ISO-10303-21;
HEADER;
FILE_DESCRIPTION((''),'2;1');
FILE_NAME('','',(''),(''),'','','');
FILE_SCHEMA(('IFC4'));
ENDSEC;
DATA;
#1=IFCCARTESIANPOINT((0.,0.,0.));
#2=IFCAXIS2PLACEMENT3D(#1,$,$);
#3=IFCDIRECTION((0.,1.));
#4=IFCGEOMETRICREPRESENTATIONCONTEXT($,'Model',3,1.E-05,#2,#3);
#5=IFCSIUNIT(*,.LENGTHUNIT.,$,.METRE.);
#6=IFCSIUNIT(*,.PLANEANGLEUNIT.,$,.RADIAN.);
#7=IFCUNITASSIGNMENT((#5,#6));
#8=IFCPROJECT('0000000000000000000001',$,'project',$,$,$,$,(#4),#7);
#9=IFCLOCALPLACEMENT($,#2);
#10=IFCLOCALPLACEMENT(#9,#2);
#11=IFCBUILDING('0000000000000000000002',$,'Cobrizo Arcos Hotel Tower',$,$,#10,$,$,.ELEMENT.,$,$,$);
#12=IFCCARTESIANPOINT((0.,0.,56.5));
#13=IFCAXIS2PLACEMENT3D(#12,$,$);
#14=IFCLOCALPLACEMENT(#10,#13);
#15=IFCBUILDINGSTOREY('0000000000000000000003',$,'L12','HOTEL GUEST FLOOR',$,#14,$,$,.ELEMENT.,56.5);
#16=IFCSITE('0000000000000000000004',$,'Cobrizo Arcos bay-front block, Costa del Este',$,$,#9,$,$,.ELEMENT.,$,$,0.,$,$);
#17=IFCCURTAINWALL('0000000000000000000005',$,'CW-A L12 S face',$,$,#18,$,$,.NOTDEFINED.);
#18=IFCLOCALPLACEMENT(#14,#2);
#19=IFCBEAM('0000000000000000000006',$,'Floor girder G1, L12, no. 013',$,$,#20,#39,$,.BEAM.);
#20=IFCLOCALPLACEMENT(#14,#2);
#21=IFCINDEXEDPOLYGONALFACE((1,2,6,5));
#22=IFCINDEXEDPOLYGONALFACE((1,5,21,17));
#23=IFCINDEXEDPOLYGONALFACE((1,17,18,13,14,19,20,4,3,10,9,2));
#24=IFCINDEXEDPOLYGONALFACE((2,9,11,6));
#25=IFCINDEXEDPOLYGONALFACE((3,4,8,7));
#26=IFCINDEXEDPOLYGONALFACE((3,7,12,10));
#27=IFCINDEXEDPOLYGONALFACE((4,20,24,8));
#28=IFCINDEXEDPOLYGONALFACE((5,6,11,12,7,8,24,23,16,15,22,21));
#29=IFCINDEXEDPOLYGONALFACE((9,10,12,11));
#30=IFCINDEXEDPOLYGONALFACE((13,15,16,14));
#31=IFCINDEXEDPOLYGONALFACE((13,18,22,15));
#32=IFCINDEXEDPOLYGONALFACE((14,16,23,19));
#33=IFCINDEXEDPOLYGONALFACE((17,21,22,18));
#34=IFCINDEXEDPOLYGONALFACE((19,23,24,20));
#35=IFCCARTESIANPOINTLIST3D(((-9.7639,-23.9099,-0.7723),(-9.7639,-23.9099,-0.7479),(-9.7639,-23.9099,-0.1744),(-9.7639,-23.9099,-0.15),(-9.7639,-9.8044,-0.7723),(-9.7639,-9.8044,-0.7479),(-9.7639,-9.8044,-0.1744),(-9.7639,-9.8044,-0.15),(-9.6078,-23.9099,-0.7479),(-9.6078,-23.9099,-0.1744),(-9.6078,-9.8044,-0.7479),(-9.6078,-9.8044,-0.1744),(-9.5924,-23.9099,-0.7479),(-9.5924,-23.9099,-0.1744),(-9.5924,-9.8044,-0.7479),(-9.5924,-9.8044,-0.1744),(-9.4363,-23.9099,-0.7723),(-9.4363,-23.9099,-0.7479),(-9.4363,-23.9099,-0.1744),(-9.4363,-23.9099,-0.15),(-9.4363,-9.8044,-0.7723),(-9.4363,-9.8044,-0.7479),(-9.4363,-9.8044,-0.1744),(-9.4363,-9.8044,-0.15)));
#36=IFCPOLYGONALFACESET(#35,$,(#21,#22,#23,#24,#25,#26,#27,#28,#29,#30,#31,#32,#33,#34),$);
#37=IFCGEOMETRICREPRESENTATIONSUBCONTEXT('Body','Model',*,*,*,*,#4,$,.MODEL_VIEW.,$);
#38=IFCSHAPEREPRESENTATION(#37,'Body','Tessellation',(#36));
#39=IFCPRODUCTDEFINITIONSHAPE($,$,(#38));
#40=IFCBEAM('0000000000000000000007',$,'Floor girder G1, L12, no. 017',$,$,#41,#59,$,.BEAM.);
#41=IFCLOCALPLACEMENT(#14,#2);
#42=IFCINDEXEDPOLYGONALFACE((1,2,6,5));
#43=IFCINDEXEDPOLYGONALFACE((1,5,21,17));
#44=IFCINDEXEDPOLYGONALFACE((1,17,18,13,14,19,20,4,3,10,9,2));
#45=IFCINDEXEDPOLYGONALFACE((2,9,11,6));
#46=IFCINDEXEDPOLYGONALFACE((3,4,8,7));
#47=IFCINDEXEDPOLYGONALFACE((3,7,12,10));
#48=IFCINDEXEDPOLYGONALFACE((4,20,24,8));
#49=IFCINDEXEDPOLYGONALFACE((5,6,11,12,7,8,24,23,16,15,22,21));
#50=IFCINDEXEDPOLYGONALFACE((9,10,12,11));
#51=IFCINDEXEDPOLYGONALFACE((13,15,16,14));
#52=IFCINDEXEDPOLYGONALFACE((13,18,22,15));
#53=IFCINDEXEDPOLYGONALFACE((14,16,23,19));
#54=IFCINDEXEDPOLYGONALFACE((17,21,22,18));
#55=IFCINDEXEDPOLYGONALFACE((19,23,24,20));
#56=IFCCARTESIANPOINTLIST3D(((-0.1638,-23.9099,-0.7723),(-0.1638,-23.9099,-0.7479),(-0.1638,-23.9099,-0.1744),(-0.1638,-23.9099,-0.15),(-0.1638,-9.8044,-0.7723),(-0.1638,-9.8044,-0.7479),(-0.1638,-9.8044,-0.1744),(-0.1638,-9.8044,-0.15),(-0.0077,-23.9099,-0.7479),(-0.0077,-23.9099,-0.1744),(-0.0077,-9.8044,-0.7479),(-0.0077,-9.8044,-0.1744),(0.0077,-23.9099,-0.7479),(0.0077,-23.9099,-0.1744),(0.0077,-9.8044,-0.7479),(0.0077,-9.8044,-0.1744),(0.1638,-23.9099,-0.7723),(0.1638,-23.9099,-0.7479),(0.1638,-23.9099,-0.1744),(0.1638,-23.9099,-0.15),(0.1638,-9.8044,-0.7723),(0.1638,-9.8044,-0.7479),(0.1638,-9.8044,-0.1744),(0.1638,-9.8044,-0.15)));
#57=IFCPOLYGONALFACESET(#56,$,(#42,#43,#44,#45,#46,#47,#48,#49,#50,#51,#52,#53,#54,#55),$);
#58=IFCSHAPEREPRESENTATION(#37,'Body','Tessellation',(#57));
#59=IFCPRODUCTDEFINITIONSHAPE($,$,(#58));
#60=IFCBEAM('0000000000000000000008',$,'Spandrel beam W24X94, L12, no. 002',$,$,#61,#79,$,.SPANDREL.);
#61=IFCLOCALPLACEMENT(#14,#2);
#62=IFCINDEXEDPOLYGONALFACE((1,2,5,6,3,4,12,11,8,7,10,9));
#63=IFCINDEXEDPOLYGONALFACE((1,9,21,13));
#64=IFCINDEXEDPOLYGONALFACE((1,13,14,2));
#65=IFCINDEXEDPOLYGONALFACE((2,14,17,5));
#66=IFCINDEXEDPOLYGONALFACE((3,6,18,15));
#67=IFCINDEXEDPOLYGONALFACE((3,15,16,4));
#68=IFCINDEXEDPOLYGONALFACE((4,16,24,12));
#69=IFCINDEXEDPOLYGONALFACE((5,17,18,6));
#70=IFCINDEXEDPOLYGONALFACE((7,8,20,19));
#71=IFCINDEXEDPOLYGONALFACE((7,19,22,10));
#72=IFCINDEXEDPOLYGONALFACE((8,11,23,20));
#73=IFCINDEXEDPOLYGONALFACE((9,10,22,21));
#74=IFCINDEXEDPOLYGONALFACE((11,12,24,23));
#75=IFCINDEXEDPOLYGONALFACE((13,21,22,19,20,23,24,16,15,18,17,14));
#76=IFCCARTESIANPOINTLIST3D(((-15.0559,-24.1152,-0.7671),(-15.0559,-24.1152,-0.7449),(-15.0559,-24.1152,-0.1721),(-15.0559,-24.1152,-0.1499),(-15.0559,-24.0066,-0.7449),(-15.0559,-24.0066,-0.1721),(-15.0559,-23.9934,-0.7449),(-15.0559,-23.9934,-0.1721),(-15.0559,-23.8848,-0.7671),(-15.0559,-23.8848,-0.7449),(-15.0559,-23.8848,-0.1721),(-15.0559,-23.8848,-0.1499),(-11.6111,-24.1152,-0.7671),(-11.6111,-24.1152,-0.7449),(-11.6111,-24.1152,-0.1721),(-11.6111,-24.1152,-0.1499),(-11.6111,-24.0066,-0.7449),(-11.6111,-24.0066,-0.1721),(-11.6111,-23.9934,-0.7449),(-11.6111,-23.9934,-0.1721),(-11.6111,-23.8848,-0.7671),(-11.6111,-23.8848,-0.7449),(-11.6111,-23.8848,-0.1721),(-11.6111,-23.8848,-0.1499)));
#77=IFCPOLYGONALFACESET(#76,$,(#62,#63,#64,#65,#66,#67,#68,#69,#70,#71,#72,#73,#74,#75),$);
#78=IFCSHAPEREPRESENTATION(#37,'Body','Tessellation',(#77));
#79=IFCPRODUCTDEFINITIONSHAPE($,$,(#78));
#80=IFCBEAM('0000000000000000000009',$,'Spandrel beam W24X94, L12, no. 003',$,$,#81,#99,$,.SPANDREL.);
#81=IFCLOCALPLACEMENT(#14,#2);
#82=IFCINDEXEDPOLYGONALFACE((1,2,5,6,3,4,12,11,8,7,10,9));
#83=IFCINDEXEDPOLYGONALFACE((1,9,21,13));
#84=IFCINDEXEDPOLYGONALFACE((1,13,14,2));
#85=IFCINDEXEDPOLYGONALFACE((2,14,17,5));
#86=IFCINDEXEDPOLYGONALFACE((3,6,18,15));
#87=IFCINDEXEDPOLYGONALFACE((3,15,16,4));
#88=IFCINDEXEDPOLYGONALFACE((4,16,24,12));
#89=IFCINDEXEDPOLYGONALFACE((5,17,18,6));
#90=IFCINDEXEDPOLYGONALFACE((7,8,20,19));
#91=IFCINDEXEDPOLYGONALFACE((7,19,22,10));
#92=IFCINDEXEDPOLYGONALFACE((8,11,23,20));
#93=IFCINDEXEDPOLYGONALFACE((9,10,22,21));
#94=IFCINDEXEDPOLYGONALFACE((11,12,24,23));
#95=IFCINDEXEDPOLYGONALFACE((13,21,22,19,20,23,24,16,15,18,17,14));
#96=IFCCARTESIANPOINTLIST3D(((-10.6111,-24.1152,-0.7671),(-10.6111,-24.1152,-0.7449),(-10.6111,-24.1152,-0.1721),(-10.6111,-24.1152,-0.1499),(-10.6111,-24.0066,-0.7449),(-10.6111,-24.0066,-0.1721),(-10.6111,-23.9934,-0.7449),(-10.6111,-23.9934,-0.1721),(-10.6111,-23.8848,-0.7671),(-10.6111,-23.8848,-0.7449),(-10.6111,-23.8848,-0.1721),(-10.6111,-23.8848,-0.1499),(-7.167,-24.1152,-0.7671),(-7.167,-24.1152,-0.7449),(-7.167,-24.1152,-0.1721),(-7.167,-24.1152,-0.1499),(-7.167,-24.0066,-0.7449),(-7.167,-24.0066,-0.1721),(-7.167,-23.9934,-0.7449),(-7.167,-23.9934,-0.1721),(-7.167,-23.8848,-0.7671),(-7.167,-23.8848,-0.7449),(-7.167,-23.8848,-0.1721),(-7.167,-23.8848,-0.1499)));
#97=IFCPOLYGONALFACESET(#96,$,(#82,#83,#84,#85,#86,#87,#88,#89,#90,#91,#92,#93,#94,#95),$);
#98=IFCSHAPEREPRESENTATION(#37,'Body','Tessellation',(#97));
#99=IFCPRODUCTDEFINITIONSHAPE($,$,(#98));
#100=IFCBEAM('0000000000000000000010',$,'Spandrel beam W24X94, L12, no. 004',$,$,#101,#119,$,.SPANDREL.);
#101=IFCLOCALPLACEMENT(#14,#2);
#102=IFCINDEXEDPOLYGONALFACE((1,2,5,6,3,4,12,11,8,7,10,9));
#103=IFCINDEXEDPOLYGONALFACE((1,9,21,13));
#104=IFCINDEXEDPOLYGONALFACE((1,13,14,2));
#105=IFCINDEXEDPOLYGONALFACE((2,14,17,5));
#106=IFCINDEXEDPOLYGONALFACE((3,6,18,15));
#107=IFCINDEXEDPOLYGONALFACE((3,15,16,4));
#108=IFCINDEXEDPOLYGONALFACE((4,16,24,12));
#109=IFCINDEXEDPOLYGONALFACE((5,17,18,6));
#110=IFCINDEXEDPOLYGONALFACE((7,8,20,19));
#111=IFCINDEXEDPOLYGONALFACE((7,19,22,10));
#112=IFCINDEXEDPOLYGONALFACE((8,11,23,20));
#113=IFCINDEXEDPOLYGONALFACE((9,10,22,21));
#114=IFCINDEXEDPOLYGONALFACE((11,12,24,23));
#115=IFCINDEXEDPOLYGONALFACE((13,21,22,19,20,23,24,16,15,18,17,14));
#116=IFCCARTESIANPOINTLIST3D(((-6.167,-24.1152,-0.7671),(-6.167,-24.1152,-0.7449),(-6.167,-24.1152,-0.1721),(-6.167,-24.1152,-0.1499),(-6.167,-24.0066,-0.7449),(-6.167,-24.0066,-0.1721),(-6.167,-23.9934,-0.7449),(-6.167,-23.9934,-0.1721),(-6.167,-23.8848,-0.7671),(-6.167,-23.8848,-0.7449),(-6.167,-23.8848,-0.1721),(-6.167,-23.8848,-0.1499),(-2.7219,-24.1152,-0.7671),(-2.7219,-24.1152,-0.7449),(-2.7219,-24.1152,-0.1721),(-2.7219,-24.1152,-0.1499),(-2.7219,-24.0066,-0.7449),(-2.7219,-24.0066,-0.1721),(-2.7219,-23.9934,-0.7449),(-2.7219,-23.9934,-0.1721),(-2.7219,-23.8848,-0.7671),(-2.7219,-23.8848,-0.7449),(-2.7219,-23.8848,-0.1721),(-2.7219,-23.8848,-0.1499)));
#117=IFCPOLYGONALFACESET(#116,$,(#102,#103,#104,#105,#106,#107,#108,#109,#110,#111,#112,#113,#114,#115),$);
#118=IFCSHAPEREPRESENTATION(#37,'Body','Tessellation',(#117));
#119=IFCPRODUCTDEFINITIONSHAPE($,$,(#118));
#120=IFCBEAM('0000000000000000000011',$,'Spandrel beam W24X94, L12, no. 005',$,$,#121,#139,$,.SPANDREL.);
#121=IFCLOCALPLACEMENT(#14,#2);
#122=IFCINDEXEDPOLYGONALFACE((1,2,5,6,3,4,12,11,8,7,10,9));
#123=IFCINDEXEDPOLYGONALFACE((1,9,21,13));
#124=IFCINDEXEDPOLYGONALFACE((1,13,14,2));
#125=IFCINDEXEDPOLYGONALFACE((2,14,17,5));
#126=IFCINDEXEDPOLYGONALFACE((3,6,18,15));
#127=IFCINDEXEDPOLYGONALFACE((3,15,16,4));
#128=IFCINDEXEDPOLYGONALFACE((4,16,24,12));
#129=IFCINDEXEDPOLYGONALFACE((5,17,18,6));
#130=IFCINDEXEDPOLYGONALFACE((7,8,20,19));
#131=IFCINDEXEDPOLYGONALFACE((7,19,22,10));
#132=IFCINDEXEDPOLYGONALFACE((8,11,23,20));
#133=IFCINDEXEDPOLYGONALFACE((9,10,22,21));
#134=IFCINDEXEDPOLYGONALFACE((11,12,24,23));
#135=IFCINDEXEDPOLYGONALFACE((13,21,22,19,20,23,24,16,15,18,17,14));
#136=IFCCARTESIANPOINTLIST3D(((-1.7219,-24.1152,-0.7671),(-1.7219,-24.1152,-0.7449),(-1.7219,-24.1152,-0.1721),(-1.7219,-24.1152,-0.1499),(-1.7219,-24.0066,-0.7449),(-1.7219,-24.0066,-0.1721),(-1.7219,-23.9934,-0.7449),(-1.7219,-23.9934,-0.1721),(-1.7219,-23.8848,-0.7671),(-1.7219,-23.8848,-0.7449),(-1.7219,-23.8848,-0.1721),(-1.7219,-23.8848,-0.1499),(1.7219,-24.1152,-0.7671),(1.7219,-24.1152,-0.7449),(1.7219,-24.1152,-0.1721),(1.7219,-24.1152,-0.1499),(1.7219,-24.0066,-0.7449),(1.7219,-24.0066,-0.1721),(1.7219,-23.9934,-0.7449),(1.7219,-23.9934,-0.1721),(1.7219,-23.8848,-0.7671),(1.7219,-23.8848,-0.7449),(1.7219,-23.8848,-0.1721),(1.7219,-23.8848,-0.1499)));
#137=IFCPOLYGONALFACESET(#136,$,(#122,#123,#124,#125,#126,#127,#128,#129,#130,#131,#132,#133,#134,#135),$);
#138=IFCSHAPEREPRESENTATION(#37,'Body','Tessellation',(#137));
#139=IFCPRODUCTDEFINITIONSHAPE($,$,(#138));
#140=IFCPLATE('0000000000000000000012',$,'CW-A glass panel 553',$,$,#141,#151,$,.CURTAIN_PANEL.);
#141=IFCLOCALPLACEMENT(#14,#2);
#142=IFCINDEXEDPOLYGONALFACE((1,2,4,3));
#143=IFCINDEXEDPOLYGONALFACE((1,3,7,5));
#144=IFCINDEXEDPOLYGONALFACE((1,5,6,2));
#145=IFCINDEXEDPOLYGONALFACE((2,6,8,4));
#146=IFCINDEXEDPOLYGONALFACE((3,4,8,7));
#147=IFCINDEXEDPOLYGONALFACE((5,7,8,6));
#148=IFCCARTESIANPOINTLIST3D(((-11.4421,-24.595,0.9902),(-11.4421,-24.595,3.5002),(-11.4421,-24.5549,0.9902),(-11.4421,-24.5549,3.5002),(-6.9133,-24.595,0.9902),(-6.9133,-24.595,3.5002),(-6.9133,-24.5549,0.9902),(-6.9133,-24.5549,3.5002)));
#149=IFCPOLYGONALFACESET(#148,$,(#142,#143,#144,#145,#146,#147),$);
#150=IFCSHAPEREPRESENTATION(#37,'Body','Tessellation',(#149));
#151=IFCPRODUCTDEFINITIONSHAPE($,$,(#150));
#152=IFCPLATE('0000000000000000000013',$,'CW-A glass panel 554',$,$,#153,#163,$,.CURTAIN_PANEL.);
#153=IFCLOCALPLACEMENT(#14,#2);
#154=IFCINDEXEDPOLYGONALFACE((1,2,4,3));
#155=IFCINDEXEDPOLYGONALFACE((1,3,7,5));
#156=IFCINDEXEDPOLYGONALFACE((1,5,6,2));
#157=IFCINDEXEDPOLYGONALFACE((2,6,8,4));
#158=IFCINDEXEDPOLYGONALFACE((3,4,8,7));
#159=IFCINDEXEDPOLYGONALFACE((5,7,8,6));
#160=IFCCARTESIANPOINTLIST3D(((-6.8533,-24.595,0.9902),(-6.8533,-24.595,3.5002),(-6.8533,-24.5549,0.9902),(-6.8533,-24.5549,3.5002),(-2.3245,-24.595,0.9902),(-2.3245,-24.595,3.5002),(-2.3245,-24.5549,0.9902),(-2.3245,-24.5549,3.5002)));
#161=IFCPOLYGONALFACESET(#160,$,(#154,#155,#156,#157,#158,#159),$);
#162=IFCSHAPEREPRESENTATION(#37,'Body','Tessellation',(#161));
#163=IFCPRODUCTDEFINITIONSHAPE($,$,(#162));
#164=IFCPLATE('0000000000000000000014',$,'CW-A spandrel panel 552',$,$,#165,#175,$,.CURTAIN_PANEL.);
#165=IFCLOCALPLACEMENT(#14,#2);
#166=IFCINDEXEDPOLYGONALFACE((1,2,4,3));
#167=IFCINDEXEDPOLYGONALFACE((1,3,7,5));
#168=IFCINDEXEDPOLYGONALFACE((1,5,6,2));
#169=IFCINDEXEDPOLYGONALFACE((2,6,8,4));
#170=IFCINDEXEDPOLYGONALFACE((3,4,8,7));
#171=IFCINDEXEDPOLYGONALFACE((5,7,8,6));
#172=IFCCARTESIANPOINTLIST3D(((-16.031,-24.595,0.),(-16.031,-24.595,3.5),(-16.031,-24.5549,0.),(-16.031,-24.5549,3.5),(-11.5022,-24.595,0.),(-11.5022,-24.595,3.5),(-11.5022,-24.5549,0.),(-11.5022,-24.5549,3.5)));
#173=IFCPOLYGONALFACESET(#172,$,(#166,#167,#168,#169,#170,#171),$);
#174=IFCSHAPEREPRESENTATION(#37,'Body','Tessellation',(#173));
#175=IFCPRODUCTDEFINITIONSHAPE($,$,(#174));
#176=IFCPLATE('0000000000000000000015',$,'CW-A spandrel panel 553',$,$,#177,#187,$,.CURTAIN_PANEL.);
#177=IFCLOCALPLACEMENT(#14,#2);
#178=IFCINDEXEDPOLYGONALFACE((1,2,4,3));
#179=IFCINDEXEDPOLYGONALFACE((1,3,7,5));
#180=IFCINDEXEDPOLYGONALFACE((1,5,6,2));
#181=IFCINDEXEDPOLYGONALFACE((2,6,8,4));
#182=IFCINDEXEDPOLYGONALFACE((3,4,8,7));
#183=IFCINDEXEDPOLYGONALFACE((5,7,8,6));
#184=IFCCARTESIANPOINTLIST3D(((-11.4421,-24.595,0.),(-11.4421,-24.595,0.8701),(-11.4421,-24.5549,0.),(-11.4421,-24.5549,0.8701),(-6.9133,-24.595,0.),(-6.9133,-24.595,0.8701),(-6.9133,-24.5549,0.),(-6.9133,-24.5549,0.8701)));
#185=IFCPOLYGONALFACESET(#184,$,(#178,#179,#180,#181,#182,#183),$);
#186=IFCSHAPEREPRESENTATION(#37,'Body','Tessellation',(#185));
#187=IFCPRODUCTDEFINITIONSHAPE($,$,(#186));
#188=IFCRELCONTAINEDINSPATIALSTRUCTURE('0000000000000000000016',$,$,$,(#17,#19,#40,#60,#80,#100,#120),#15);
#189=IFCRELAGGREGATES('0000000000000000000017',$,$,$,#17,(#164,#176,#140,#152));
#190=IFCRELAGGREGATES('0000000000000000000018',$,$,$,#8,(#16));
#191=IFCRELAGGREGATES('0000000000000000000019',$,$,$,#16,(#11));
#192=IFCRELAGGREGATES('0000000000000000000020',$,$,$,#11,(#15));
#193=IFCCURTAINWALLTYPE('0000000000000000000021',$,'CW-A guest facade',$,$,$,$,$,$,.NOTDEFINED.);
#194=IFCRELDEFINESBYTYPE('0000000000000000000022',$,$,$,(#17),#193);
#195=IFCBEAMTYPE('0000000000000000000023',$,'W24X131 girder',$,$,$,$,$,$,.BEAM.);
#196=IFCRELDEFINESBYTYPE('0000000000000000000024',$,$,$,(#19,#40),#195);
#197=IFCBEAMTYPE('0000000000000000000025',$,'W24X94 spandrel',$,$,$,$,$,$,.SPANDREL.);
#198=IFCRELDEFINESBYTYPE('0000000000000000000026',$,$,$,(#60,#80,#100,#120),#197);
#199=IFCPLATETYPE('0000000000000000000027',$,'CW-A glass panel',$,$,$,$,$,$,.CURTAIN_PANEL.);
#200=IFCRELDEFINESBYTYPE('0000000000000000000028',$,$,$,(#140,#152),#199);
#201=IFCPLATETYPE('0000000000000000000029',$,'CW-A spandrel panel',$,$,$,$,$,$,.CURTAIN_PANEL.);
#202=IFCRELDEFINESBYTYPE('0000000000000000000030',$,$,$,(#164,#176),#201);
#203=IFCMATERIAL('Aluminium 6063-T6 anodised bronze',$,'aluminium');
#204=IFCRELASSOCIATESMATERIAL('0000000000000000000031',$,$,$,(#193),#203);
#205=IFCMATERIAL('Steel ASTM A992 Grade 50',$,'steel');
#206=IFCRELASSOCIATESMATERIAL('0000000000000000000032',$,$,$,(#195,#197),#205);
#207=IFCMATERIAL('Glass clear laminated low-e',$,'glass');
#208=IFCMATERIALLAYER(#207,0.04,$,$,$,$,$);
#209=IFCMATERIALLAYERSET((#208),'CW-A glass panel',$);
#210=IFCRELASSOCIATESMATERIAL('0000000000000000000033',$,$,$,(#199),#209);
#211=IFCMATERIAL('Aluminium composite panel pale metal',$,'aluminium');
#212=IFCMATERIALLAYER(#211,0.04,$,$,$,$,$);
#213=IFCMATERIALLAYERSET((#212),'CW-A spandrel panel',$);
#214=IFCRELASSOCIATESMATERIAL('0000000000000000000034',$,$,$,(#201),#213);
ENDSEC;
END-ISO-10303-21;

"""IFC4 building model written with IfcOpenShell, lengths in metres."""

from ifc_helpers import new_model, si_unit, direction, frame, origin, origin_2d, place, context, subcontext, project, spatial, rectangle, i_section, extrude, material, layer, layer_set, material_profile, profile_set, type_object, element, aggregate, save


model = new_model("IFC4")

# Units and contexts
model_context = context("Model", 3, precision=1e-05, world=origin(), true_north=direction((0.0, 1.0)))
body_context = subcontext(model_context, "Body", "Model", "MODEL_VIEW")
ifc_project = project(units=[si_unit("LENGTHUNIT", "METRE"), si_unit("PLANEANGLEUNIT", "RADIAN")], contexts=[model_context])

# Site, building, storey
site_placement = place(None, origin())
site = spatial("IfcSite", under=ifc_project, at=site_placement, Name="Cobrizo Arcos bay-front block, Costa del Este", CompositionType="ELEMENT", RefElevation=0.0)
building_placement = place(site_placement, origin())
building = spatial("IfcBuilding", under=site, at=building_placement, Name="Cobrizo Arcos Hotel Tower", CompositionType="ELEMENT")
storey_placement = place(building_placement, frame((0.0, 0.0, 56.5)))
storey = spatial("IfcBuildingStorey", under=building, at=storey_placement, Name="L12", Description="HOTEL GUEST FLOOR", CompositionType="ELEMENT", Elevation=56.5)

# Curtain wall
ifc_material_1 = material(Name="Aluminium 6063-T6 anodised bronze", Category="aluminium")
curtain_wall_type = type_object("IfcCurtainWallType", Name="CW-A guest facade", PredefinedType="NOTDEFINED", material=ifc_material_1)
curtain_wall_placement = place(storey_placement, origin())
curtain_wall = element("IfcCurtainWall", 1, at=curtain_wall_placement, inside=storey, type_object=curtain_wall_type, Name="CW-A L12 S face", PredefinedType="NOTDEFINED")

# Beams
ifc_material_2 = material(Name="Steel ASTM A992 Grade 50", Category="steel")
ifc_material_profile_1 = material_profile(ifc_material_2, i_section(OverallWidth=0.3276, OverallDepth=0.6223, WebThickness=0.0154, FlangeThickness=0.0244, at=origin_2d()), Name="W24X131")
ifc_profile_set_1 = profile_set([ifc_material_profile_1], Name="Steel ASTM A992 Grade 50")
beam_type_1 = type_object("IfcBeamType", Name="W24X131 girder", PredefinedType="BEAM", material=ifc_profile_set_1)
for number, where, z_axis, x_axis, name in (
    (2, (-9.6001, -23.9099, -0.4612), (0.0, 1.0, 0.0), (-1.0, 0.0, 0.0), "Floor girder G1, L12, no. 013"),
    (3, (0.0, -23.9099, -0.4612), (0.0, 1.0, 0.0), (-1.0, 0.0, 0.0), "Floor girder G1, L12, no. 017"),
):
    element("IfcBeam", number, at=place(storey_placement, frame(where, z_axis=z_axis, x_axis=x_axis)), inside=storey, type_object=beam_type_1, Name=name, PredefinedType="BEAM", context=body_context, shape_type="SweptSolid", body=[
        extrude(i_section(OverallWidth=0.3276, OverallDepth=0.6223, WebThickness=0.0154, FlangeThickness=0.0244, at=origin_2d()), origin(), (0.0, 0.0, 1.0), 14.1055),
    ])
ifc_material_profile_2 = material_profile(ifc_material_2, i_section(OverallWidth=0.2305, OverallDepth=0.6172, WebThickness=0.0132, FlangeThickness=0.0222, at=origin_2d()), Name="W24X94")
ifc_profile_set_2 = profile_set([ifc_material_profile_2], Name="Steel ASTM A992 Grade 50")
beam_type_2 = type_object("IfcBeamType", Name="W24X94 spandrel", PredefinedType="SPANDREL", material=ifc_profile_set_2)
beam_1_placement = place(storey_placement, frame((-15.0559, -24.0, -0.4585), z_axis=(1.0, 0.0, 0.0), x_axis=(0.0, 1.0, 0.0)))
element("IfcBeam", 4, at=beam_1_placement, inside=storey, type_object=beam_type_2, Name="Spandrel beam W24X94, L12, no. 002", PredefinedType="SPANDREL", context=body_context, shape_type="SweptSolid", body=[
    extrude(i_section(OverallWidth=0.2305, OverallDepth=0.6172, WebThickness=0.0132, FlangeThickness=0.0222, at=origin_2d()), origin(), (0.0, 0.0, 1.0), 3.4448),
])
beam_2_placement = place(storey_placement, frame((-10.6111, -24.0, -0.4585), z_axis=(1.0, 0.0, 0.0), x_axis=(0.0, 1.0, 0.0)))
element("IfcBeam", 5, at=beam_2_placement, inside=storey, type_object=beam_type_2, Name="Spandrel beam W24X94, L12, no. 003", PredefinedType="SPANDREL", context=body_context, shape_type="SweptSolid", body=[
    extrude(i_section(OverallWidth=0.2305, OverallDepth=0.6172, WebThickness=0.0132, FlangeThickness=0.0222, at=origin_2d()), origin(), (0.0, 0.0, 1.0), 3.4441),
])
beam_3_placement = place(storey_placement, frame((-6.167, -24.0, -0.4585), z_axis=(1.0, 0.0, 0.0), x_axis=(0.0, 1.0, 0.0)))
element("IfcBeam", 6, at=beam_3_placement, inside=storey, type_object=beam_type_2, Name="Spandrel beam W24X94, L12, no. 004", PredefinedType="SPANDREL", context=body_context, shape_type="SweptSolid", body=[
    extrude(i_section(OverallWidth=0.2305, OverallDepth=0.6172, WebThickness=0.0132, FlangeThickness=0.0222, at=origin_2d()), origin(), (0.0, 0.0, 1.0), 3.4451),
])
beam_4_placement = place(storey_placement, frame((-1.7219, -24.0, -0.4585), z_axis=(1.0, 0.0, 0.0), x_axis=(0.0, 1.0, 0.0)))
element("IfcBeam", 7, at=beam_4_placement, inside=storey, type_object=beam_type_2, Name="Spandrel beam W24X94, L12, no. 005", PredefinedType="SPANDREL", context=body_context, shape_type="SweptSolid", body=[
    extrude(i_section(OverallWidth=0.2305, OverallDepth=0.6172, WebThickness=0.0132, FlangeThickness=0.0222, at=origin_2d()), origin(), (0.0, 0.0, 1.0), 3.4438),
])

# Plates
ifc_material_3 = material(Name="Glass clear laminated low-e", Category="glass")
ifc_layer_1 = layer(ifc_material_3, 0.04)
ifc_layer_set_1 = layer_set([ifc_layer_1], Name="CW-A glass panel")
plate_type_1 = type_object("IfcPlateType", Name="CW-A glass panel", PredefinedType="CURTAIN_PANEL", material=ifc_layer_set_1)
plate_1_placement = place(storey_placement, frame((-9.1777, -24.575, 0.9902), z_axis=(0.0, 0.0, 1.0), x_axis=(1.0, 0.0, 0.0)))
plate_1 = element("IfcPlate", 8, at=plate_1_placement, type_object=plate_type_1, Name="CW-A glass panel 553", PredefinedType="CURTAIN_PANEL", context=body_context, shape_type="SweptSolid", body=[
    extrude(rectangle(XDim=4.5288, YDim=0.04, at=origin_2d()), origin(), (0.0, 0.0, 1.0), 2.51),
])
plate_2_placement = place(storey_placement, frame((-4.5889, -24.575, 0.9902), z_axis=(0.0, 0.0, 1.0), x_axis=(1.0, 0.0, 0.0)))
plate_2 = element("IfcPlate", 9, at=plate_2_placement, type_object=plate_type_1, Name="CW-A glass panel 554", PredefinedType="CURTAIN_PANEL", context=body_context, shape_type="SweptSolid", body=[
    extrude(rectangle(XDim=4.5288, YDim=0.04, at=origin_2d()), origin(), (0.0, 0.0, 1.0), 2.51),
])
ifc_material_4 = material(Name="Aluminium composite panel pale metal", Category="aluminium")
ifc_layer_2 = layer(ifc_material_4, 0.04)
ifc_layer_set_2 = layer_set([ifc_layer_2], Name="CW-A spandrel panel")
plate_type_2 = type_object("IfcPlateType", Name="CW-A spandrel panel", PredefinedType="CURTAIN_PANEL", material=ifc_layer_set_2)
plate_3_placement = place(storey_placement, frame((-13.7666, -24.575, 0.0), z_axis=(0.0, 0.0, 1.0), x_axis=(1.0, 0.0, 0.0)))
plate_3 = element("IfcPlate", 10, at=plate_3_placement, type_object=plate_type_2, Name="CW-A spandrel panel 552", PredefinedType="CURTAIN_PANEL", context=body_context, shape_type="SweptSolid", body=[
    extrude(rectangle(XDim=4.5288, YDim=0.04, at=origin_2d()), origin(), (0.0, 0.0, 1.0), 3.5),
])
plate_4_placement = place(storey_placement, frame((-9.1777, -24.575, 0.0), z_axis=(0.0, 0.0, 1.0), x_axis=(1.0, 0.0, 0.0)))
plate_4 = element("IfcPlate", 11, at=plate_4_placement, type_object=plate_type_2, Name="CW-A spandrel panel 553", PredefinedType="CURTAIN_PANEL", context=body_context, shape_type="SweptSolid", body=[
    extrude(rectangle(XDim=4.5288, YDim=0.04, at=origin_2d()), origin(), (0.0, 0.0, 1.0), 0.8701),
])
aggregate(curtain_wall, [plate_3, plate_4, plate_1, plate_2])

save(model, "model.ifc")
